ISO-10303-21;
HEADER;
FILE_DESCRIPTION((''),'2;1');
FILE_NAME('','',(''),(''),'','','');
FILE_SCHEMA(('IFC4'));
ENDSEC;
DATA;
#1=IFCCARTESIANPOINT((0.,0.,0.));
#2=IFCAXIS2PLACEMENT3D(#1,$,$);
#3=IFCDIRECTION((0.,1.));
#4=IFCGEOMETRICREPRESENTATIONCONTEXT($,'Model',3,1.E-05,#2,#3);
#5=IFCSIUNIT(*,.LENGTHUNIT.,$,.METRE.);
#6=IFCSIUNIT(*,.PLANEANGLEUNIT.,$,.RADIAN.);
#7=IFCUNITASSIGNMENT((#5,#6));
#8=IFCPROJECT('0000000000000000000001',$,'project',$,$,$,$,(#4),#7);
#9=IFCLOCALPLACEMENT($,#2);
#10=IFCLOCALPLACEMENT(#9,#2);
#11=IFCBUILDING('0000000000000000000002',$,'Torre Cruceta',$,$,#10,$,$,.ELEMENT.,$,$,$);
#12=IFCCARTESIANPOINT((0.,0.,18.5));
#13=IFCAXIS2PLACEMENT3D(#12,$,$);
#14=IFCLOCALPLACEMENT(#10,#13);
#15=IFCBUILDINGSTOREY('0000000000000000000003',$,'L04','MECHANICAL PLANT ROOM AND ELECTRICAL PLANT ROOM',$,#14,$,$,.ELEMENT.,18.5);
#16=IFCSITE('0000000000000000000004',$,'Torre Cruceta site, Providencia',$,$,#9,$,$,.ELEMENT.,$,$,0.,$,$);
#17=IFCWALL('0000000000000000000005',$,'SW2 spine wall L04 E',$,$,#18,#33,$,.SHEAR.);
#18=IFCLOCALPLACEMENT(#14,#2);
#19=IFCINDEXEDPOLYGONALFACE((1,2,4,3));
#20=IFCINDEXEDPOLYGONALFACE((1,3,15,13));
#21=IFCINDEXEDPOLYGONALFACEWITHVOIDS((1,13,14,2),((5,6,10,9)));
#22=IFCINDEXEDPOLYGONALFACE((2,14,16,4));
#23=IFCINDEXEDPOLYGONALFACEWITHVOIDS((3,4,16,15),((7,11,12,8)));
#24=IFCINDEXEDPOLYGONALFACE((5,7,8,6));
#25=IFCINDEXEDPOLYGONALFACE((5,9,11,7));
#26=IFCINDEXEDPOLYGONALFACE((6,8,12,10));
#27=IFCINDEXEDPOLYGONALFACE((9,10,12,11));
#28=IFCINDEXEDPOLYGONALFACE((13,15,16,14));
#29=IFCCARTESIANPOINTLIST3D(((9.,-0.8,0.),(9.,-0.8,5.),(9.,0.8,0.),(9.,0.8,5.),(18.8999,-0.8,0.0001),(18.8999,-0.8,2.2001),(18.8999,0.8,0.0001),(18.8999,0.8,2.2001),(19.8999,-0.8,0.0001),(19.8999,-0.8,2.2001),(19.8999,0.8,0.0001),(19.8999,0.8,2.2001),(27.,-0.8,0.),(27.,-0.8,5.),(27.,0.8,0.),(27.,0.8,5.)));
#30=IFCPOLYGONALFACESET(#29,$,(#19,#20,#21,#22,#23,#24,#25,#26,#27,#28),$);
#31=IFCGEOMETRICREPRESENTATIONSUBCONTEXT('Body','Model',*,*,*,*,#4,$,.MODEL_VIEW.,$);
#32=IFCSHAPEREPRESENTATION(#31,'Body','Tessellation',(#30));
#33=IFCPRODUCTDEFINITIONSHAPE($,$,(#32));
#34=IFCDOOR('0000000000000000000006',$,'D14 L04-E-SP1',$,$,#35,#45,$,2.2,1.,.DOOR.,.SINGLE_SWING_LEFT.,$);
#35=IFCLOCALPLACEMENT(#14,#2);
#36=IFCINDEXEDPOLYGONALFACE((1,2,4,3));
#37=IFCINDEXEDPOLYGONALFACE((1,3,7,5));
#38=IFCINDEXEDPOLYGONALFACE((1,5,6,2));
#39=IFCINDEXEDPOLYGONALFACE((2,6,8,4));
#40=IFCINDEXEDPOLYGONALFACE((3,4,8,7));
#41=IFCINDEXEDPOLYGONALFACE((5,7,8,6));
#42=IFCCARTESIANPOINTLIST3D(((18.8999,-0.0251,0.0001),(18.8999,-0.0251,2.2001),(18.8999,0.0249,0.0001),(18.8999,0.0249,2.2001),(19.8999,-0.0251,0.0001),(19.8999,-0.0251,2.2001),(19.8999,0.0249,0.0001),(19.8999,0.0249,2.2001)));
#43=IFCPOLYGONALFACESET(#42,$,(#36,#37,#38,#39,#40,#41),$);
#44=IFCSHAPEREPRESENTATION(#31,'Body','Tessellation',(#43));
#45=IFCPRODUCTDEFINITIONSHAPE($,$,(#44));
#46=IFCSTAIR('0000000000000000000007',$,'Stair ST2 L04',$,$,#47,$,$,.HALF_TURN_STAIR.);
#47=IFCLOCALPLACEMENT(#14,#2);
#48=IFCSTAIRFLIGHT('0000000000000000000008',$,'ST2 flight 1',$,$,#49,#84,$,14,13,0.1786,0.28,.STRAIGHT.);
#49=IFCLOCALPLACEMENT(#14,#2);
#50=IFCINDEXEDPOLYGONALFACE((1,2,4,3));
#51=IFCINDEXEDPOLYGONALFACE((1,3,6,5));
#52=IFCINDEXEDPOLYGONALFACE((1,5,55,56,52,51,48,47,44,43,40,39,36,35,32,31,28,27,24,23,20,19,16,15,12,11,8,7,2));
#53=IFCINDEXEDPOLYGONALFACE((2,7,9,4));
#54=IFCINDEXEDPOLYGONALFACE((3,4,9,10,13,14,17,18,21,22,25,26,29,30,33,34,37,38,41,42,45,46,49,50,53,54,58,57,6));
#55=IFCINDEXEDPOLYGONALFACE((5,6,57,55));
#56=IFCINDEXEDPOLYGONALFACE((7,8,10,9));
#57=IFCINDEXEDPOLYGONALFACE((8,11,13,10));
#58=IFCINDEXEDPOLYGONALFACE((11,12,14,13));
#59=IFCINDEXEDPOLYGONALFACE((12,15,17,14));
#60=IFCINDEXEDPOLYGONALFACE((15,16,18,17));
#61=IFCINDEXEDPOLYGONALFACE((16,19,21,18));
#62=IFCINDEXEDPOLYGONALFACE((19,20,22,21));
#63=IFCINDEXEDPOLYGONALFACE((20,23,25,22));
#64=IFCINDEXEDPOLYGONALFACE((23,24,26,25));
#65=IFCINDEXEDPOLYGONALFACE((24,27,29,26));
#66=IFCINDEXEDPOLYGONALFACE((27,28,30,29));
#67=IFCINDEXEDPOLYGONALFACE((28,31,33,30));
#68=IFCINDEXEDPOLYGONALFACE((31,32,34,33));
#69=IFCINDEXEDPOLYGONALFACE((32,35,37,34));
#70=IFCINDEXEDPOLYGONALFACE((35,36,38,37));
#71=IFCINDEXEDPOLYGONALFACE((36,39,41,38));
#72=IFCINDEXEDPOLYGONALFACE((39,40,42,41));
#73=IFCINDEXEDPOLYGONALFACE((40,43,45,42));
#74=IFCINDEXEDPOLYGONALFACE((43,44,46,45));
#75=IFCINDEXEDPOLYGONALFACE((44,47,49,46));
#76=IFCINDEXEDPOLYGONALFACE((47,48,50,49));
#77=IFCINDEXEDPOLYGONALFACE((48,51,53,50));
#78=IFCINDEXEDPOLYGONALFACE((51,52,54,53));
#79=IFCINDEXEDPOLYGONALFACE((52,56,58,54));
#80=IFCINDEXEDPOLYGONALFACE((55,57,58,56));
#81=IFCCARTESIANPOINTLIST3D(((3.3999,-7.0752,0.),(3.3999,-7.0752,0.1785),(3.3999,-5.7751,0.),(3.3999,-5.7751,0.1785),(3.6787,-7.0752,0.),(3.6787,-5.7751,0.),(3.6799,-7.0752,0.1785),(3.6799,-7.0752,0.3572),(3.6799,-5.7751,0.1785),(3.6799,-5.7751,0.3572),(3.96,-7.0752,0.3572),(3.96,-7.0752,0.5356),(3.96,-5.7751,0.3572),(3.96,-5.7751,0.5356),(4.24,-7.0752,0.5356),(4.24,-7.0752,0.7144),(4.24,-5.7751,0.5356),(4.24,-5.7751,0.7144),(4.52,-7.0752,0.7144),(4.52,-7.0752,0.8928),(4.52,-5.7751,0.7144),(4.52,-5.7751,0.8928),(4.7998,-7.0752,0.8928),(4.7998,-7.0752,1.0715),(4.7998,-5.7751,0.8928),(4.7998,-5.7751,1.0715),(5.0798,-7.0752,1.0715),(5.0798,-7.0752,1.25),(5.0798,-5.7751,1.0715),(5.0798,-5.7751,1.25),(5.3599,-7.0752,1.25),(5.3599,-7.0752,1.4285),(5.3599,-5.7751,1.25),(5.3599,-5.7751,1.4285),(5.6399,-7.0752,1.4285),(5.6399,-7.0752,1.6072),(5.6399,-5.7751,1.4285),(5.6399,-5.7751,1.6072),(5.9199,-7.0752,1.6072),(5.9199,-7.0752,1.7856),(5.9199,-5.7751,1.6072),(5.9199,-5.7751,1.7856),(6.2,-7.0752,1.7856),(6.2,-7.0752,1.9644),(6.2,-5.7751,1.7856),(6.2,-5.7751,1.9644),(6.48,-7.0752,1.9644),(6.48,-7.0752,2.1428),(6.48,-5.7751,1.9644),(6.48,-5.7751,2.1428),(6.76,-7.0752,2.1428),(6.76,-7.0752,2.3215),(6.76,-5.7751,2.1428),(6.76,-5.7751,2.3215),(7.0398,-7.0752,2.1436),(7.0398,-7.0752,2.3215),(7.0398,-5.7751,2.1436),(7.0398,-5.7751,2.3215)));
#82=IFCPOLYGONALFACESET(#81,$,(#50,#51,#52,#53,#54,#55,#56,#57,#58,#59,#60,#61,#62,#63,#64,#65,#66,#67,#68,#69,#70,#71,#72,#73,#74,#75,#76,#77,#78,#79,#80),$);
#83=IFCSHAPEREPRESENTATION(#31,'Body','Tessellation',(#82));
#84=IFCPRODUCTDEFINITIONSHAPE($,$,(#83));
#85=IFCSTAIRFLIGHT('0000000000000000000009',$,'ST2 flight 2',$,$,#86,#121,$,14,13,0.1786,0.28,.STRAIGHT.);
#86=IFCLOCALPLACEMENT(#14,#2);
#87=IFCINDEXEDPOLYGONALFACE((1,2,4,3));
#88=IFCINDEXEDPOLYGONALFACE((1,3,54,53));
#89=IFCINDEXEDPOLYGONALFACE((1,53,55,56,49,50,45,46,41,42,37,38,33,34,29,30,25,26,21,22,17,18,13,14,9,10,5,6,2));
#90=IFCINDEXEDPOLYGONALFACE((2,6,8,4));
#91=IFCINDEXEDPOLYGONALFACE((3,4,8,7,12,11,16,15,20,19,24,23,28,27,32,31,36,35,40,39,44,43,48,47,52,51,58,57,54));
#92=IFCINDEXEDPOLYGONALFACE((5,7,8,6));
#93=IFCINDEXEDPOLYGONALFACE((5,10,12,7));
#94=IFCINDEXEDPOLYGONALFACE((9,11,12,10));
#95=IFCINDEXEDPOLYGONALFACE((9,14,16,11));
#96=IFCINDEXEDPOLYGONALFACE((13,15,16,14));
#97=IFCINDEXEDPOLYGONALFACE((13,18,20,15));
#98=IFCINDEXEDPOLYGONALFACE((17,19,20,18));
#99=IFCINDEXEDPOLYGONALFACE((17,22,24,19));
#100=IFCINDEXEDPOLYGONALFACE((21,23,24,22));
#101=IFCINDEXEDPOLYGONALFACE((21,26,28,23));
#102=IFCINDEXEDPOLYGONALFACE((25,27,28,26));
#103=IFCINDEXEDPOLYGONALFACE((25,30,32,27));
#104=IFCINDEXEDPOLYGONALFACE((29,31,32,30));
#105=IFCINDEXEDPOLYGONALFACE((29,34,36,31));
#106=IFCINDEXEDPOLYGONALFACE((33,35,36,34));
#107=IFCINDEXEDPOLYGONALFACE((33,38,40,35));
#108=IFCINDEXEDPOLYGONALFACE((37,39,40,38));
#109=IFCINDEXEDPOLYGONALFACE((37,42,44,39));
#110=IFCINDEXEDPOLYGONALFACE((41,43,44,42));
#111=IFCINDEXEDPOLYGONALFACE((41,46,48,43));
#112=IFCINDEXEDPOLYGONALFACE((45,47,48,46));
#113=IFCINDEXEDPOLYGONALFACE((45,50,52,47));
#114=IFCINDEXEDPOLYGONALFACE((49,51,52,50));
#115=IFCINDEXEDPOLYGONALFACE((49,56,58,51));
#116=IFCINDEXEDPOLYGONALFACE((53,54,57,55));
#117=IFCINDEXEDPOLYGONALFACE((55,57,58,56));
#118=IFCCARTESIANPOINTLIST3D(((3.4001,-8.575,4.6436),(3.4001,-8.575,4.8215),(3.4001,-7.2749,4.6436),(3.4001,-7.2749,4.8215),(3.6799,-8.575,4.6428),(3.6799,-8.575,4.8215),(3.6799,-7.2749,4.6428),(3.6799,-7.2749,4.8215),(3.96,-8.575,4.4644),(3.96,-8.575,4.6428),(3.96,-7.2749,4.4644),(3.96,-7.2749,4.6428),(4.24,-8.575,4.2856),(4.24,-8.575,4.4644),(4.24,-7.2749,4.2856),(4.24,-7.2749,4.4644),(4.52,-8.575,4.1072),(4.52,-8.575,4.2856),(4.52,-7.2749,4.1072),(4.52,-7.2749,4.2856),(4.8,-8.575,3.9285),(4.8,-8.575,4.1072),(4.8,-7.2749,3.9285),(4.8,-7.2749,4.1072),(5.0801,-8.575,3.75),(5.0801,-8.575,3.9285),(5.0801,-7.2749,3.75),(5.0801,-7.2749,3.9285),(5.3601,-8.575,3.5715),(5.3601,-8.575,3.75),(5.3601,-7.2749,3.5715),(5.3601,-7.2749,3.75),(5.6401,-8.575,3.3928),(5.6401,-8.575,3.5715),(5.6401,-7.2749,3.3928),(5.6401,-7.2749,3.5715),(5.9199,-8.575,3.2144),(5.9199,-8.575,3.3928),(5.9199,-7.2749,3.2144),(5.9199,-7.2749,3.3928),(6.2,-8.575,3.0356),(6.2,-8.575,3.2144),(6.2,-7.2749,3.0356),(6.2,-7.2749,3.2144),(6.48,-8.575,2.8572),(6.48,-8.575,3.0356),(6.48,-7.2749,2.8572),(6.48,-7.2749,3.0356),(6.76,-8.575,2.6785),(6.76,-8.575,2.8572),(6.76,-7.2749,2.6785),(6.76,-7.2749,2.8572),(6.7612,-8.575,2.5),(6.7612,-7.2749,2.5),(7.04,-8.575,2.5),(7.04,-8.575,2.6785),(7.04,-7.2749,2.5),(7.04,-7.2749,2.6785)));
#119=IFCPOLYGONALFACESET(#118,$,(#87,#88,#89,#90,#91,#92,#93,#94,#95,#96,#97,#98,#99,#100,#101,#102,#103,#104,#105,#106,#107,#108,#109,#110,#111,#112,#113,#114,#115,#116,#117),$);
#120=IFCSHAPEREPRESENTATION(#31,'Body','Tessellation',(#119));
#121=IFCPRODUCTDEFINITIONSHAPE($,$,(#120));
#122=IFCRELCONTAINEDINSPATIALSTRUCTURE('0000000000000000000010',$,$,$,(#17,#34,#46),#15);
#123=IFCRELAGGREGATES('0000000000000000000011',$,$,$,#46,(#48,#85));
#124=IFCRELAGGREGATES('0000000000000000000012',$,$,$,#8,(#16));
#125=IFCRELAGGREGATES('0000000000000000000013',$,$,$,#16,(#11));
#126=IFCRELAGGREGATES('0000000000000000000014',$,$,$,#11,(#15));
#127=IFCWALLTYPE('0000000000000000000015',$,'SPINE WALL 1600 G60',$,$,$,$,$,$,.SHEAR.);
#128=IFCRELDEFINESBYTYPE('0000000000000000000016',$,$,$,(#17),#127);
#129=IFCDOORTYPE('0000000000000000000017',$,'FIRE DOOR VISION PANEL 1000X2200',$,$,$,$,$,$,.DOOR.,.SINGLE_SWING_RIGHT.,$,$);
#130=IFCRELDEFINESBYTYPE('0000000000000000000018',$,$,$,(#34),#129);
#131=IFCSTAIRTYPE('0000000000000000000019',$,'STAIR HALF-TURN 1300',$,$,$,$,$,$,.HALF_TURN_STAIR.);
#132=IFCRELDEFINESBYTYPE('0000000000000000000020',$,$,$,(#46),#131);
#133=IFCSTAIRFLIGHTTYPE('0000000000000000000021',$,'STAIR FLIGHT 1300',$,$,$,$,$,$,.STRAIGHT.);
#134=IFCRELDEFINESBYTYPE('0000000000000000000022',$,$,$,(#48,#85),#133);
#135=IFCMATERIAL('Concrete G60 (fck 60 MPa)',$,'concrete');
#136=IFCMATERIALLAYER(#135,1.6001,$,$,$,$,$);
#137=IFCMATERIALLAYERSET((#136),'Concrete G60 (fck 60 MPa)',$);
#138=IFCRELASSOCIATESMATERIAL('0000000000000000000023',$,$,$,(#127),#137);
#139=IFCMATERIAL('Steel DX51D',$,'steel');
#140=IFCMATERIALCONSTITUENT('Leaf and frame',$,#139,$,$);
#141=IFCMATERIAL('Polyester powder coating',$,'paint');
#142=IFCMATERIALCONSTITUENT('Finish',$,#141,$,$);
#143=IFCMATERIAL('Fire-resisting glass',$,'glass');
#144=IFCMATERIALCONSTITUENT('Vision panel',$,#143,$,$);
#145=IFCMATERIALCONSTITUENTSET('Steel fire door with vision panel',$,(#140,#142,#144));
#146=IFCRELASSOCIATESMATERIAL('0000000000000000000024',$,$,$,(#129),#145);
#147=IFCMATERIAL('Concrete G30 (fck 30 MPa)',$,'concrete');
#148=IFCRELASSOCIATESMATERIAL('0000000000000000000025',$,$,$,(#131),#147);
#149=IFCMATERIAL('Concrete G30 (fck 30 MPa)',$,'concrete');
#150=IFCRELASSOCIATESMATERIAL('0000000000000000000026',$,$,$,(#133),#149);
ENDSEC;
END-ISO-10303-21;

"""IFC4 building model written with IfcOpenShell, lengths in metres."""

from ifc_helpers import new_model, si_unit, direction, frame, frame_2d, origin, place, context, subcontext, project, spatial, polyline, rectangle, outline, extrude, material, layer, layer_set, constituent, constituent_set, type_object, element, fill, aggregate, save


model = new_model("IFC4")

# Units and contexts
model_context = context("Model", 3, precision=1e-05, world=origin(), true_north=direction((0.0, 1.0)))
body_context = subcontext(model_context, "Body", "Model", "MODEL_VIEW")
ifc_project = project(units=[si_unit("LENGTHUNIT", "METRE"), si_unit("PLANEANGLEUNIT", "RADIAN")], contexts=[model_context])

# Site, building, storey
site_placement = place(None, origin())
site = spatial("IfcSite", under=ifc_project, at=site_placement, Name="Torre Cruceta site, Providencia", CompositionType="ELEMENT", RefElevation=0.0)
building_placement = place(site_placement, origin())
building = spatial("IfcBuilding", under=site, at=building_placement, Name="Torre Cruceta", CompositionType="ELEMENT")
storey_placement = place(building_placement, frame((0.0, 0.0, 18.5)))
storey = spatial("IfcBuildingStorey", under=building, at=storey_placement, Name="L04", Description="MECHANICAL PLANT ROOM AND ELECTRICAL PLANT ROOM", CompositionType="ELEMENT", Elevation=18.5)

# Wall, opening, door
ifc_material_1 = material(Name="Concrete G60 (fck 60 MPa)", Category="concrete")
ifc_layer_1 = layer(ifc_material_1, 1.6001)
ifc_layer_set_1 = layer_set([ifc_layer_1], Name="Concrete G60 (fck 60 MPa)")
wall_type_1 = type_object("IfcWallType", Name="SPINE WALL 1600 G60", PredefinedType="SHEAR", material=ifc_layer_set_1)
wall_1_placement = place(storey_placement, frame((9.0, 0.0, 0.0), z_axis=(0.0, 0.0, 1.0), x_axis=(1.0, 0.0, 0.0)))
wall_1 = element("IfcWall", 1, at=wall_1_placement, inside=storey, type_object=wall_type_1, Name="SW2 spine wall L04 E", PredefinedType="SHEAR", context=body_context, shape_type="SweptSolid", body=[
    extrude(rectangle(XDim=18.0, YDim=1.6001, at=frame_2d((9.0, 0.0))), origin(), (0.0, 0.0, 1.0), 5.0),
])
opening_1_placement = place(wall_1_placement, frame((9.8999, 0.0, 0.0)))
opening_1 = element("IfcOpeningElement", 2, at=opening_1_placement, cuts=wall_1, PredefinedType="OPENING", context=body_context, shape_type="SweptSolid", body=[
    extrude(rectangle(XDim=1.0, YDim=2.2, at=frame_2d((0.5, 1.1001))), frame((0.0, 0.8101, 0.0), z_axis=(0.0, -1.0, 0.0), x_axis=(1.0, 0.0, 0.0)), (0.0, 0.0, 1.0), 1.6201),
])
ifc_material_2 = material(Name="Steel DX51D", Category="steel")
ifc_constituent_1 = constituent(ifc_material_2, Name="Leaf and frame")
ifc_material_3 = material(Name="Polyester powder coating", Category="paint")
ifc_constituent_2 = constituent(ifc_material_3, Name="Finish")
ifc_material_4 = material(Name="Fire-resisting glass", Category="glass")
ifc_constituent_3 = constituent(ifc_material_4, Name="Vision panel")
ifc_constituent_set_1 = constituent_set(constituents=[ifc_constituent_1, ifc_constituent_2, ifc_constituent_3], Name="Steel fire door with vision panel")
door_type_1 = type_object("IfcDoorType", Name="FIRE DOOR VISION PANEL 1000X2200", OperationType="SINGLE_SWING_RIGHT", PredefinedType="DOOR", material=ifc_constituent_set_1)
door_1_placement = place(opening_1_placement, frame((1.0, 0.0, 0.0), z_axis=(0.0, 0.0, 1.0), x_axis=(-1.0, 0.0, 0.0)))
door_1 = element("IfcDoor", 3, at=door_1_placement, inside=storey, type_object=door_type_1, Name="D14 L04-E-SP1", OperationType="SINGLE_SWING_LEFT", OverallHeight=2.2, OverallWidth=1.0, PredefinedType="DOOR", context=body_context, shape_type="SweptSolid", body=[
    extrude(rectangle(XDim=1.0, YDim=2.2, at=frame_2d((0.5, 1.1001))), frame((0.0, 0.0251, 0.0), z_axis=(0.0, -1.0, 0.0), x_axis=(1.0, 0.0, 0.0)), (0.0, 0.0, 1.0), 0.05),
])
fill(opening_1, door_1)

# Stair, stair flights
ifc_material_5 = material(Name="Concrete G30 (fck 30 MPa)", Category="concrete")
stair_type = type_object("IfcStairType", Name="STAIR HALF-TURN 1300", PredefinedType="HALF_TURN_STAIR", material=ifc_material_5)
stair_placement = place(storey_placement, origin())
stair = element("IfcStair", 4, at=stair_placement, inside=storey, type_object=stair_type, Name="Stair ST2 L04", PredefinedType="HALF_TURN_STAIR")
ifc_material_6 = material(Name="Concrete G30 (fck 30 MPa)", Category="concrete")
stair_flight_type = type_object("IfcStairFlightType", Name="STAIR FLIGHT 1300", PredefinedType="STRAIGHT", material=ifc_material_6)
stair_flight_1_placement = place(storey_placement, frame((3.3999, -6.425, 0.0), z_axis=(0.0, 0.0, 1.0), x_axis=(1.0, 0.0, 0.0)))
stair_flight_1 = element("IfcStairFlight", 5, at=stair_flight_1_placement, type_object=stair_flight_type, Name="ST2 flight 1", NumberOfRisers=14, NumberOfTreads=13, PredefinedType="STRAIGHT", RiserHeight=0.1786, TreadLength=0.28, context=body_context, shape_type="SweptSolid", body=[
    extrude(outline(polyline([(0.0, 0.0), (0.0, 0.1785), (0.28, 0.1785), (0.28, 0.3572), (0.5601, 0.3572), (0.5601, 0.5356), (0.8401, 0.5356), (0.8401, 0.7144), (1.1201, 0.7144), (1.1201, 0.8928), (1.3999, 0.8928), (1.3999, 1.0715), (1.6799, 1.0715), (1.6799, 1.25), (1.96, 1.25), (1.96, 1.4285), (2.24, 1.4285), (2.24, 1.6072), (2.52, 1.6072), (2.52, 1.7856), (2.8, 1.7856), (2.8, 1.9644), (3.0801, 1.9644), (3.0801, 2.1428), (3.3601, 2.1428), (3.3601, 2.3215), (3.6399, 2.3215), (3.6399, 2.5), (3.6399, 2.1436), (0.2788, 0.0), (0.0, 0.0)])), frame((0.0, 0.6499, 0.0), z_axis=(0.0, -1.0, 0.0), x_axis=(1.0, 0.0, 0.0)), (0.0, 0.0, 1.0), 1.3),
])
stair_flight_2_placement = place(storey_placement, frame((7.04, -7.925, 2.5), z_axis=(0.0, 0.0, 1.0), x_axis=(-1.0, 0.0, 0.0)))
stair_flight_2 = element("IfcStairFlight", 6, at=stair_flight_2_placement, type_object=stair_flight_type, Name="ST2 flight 2", NumberOfRisers=14, NumberOfTreads=13, PredefinedType="STRAIGHT", RiserHeight=0.1786, TreadLength=0.28, context=body_context, shape_type="SweptSolid", body=[
    extrude(outline(polyline([(0.0, 0.0), (0.0, 0.1785), (0.28, 0.1785), (0.28, 0.3572), (0.5601, 0.3572), (0.5601, 0.5356), (0.8401, 0.5356), (0.8401, 0.7144), (1.1201, 0.7144), (1.1201, 0.8928), (1.3999, 0.8928), (1.3999, 1.0715), (1.6799, 1.0715), (1.6799, 1.25), (1.96, 1.25), (1.96, 1.4285), (2.24, 1.4285), (2.24, 1.6072), (2.52, 1.6072), (2.52, 1.7856), (2.8, 1.7856), (2.8, 1.9644), (3.0801, 1.9644), (3.0801, 2.1428), (3.3601, 2.1428), (3.3601, 2.3215), (3.6399, 2.3215), (3.6399, 2.5), (3.6399, 2.1436), (0.2788, 0.0), (0.0, 0.0)])), frame((0.0, 0.6499, 0.0), z_axis=(0.0, -1.0, 0.0), x_axis=(1.0, 0.0, 0.0)), (0.0, 0.0, 1.0), 1.3),
])
aggregate(stair, [stair_flight_1, stair_flight_2])

save(model, "model.ifc")
